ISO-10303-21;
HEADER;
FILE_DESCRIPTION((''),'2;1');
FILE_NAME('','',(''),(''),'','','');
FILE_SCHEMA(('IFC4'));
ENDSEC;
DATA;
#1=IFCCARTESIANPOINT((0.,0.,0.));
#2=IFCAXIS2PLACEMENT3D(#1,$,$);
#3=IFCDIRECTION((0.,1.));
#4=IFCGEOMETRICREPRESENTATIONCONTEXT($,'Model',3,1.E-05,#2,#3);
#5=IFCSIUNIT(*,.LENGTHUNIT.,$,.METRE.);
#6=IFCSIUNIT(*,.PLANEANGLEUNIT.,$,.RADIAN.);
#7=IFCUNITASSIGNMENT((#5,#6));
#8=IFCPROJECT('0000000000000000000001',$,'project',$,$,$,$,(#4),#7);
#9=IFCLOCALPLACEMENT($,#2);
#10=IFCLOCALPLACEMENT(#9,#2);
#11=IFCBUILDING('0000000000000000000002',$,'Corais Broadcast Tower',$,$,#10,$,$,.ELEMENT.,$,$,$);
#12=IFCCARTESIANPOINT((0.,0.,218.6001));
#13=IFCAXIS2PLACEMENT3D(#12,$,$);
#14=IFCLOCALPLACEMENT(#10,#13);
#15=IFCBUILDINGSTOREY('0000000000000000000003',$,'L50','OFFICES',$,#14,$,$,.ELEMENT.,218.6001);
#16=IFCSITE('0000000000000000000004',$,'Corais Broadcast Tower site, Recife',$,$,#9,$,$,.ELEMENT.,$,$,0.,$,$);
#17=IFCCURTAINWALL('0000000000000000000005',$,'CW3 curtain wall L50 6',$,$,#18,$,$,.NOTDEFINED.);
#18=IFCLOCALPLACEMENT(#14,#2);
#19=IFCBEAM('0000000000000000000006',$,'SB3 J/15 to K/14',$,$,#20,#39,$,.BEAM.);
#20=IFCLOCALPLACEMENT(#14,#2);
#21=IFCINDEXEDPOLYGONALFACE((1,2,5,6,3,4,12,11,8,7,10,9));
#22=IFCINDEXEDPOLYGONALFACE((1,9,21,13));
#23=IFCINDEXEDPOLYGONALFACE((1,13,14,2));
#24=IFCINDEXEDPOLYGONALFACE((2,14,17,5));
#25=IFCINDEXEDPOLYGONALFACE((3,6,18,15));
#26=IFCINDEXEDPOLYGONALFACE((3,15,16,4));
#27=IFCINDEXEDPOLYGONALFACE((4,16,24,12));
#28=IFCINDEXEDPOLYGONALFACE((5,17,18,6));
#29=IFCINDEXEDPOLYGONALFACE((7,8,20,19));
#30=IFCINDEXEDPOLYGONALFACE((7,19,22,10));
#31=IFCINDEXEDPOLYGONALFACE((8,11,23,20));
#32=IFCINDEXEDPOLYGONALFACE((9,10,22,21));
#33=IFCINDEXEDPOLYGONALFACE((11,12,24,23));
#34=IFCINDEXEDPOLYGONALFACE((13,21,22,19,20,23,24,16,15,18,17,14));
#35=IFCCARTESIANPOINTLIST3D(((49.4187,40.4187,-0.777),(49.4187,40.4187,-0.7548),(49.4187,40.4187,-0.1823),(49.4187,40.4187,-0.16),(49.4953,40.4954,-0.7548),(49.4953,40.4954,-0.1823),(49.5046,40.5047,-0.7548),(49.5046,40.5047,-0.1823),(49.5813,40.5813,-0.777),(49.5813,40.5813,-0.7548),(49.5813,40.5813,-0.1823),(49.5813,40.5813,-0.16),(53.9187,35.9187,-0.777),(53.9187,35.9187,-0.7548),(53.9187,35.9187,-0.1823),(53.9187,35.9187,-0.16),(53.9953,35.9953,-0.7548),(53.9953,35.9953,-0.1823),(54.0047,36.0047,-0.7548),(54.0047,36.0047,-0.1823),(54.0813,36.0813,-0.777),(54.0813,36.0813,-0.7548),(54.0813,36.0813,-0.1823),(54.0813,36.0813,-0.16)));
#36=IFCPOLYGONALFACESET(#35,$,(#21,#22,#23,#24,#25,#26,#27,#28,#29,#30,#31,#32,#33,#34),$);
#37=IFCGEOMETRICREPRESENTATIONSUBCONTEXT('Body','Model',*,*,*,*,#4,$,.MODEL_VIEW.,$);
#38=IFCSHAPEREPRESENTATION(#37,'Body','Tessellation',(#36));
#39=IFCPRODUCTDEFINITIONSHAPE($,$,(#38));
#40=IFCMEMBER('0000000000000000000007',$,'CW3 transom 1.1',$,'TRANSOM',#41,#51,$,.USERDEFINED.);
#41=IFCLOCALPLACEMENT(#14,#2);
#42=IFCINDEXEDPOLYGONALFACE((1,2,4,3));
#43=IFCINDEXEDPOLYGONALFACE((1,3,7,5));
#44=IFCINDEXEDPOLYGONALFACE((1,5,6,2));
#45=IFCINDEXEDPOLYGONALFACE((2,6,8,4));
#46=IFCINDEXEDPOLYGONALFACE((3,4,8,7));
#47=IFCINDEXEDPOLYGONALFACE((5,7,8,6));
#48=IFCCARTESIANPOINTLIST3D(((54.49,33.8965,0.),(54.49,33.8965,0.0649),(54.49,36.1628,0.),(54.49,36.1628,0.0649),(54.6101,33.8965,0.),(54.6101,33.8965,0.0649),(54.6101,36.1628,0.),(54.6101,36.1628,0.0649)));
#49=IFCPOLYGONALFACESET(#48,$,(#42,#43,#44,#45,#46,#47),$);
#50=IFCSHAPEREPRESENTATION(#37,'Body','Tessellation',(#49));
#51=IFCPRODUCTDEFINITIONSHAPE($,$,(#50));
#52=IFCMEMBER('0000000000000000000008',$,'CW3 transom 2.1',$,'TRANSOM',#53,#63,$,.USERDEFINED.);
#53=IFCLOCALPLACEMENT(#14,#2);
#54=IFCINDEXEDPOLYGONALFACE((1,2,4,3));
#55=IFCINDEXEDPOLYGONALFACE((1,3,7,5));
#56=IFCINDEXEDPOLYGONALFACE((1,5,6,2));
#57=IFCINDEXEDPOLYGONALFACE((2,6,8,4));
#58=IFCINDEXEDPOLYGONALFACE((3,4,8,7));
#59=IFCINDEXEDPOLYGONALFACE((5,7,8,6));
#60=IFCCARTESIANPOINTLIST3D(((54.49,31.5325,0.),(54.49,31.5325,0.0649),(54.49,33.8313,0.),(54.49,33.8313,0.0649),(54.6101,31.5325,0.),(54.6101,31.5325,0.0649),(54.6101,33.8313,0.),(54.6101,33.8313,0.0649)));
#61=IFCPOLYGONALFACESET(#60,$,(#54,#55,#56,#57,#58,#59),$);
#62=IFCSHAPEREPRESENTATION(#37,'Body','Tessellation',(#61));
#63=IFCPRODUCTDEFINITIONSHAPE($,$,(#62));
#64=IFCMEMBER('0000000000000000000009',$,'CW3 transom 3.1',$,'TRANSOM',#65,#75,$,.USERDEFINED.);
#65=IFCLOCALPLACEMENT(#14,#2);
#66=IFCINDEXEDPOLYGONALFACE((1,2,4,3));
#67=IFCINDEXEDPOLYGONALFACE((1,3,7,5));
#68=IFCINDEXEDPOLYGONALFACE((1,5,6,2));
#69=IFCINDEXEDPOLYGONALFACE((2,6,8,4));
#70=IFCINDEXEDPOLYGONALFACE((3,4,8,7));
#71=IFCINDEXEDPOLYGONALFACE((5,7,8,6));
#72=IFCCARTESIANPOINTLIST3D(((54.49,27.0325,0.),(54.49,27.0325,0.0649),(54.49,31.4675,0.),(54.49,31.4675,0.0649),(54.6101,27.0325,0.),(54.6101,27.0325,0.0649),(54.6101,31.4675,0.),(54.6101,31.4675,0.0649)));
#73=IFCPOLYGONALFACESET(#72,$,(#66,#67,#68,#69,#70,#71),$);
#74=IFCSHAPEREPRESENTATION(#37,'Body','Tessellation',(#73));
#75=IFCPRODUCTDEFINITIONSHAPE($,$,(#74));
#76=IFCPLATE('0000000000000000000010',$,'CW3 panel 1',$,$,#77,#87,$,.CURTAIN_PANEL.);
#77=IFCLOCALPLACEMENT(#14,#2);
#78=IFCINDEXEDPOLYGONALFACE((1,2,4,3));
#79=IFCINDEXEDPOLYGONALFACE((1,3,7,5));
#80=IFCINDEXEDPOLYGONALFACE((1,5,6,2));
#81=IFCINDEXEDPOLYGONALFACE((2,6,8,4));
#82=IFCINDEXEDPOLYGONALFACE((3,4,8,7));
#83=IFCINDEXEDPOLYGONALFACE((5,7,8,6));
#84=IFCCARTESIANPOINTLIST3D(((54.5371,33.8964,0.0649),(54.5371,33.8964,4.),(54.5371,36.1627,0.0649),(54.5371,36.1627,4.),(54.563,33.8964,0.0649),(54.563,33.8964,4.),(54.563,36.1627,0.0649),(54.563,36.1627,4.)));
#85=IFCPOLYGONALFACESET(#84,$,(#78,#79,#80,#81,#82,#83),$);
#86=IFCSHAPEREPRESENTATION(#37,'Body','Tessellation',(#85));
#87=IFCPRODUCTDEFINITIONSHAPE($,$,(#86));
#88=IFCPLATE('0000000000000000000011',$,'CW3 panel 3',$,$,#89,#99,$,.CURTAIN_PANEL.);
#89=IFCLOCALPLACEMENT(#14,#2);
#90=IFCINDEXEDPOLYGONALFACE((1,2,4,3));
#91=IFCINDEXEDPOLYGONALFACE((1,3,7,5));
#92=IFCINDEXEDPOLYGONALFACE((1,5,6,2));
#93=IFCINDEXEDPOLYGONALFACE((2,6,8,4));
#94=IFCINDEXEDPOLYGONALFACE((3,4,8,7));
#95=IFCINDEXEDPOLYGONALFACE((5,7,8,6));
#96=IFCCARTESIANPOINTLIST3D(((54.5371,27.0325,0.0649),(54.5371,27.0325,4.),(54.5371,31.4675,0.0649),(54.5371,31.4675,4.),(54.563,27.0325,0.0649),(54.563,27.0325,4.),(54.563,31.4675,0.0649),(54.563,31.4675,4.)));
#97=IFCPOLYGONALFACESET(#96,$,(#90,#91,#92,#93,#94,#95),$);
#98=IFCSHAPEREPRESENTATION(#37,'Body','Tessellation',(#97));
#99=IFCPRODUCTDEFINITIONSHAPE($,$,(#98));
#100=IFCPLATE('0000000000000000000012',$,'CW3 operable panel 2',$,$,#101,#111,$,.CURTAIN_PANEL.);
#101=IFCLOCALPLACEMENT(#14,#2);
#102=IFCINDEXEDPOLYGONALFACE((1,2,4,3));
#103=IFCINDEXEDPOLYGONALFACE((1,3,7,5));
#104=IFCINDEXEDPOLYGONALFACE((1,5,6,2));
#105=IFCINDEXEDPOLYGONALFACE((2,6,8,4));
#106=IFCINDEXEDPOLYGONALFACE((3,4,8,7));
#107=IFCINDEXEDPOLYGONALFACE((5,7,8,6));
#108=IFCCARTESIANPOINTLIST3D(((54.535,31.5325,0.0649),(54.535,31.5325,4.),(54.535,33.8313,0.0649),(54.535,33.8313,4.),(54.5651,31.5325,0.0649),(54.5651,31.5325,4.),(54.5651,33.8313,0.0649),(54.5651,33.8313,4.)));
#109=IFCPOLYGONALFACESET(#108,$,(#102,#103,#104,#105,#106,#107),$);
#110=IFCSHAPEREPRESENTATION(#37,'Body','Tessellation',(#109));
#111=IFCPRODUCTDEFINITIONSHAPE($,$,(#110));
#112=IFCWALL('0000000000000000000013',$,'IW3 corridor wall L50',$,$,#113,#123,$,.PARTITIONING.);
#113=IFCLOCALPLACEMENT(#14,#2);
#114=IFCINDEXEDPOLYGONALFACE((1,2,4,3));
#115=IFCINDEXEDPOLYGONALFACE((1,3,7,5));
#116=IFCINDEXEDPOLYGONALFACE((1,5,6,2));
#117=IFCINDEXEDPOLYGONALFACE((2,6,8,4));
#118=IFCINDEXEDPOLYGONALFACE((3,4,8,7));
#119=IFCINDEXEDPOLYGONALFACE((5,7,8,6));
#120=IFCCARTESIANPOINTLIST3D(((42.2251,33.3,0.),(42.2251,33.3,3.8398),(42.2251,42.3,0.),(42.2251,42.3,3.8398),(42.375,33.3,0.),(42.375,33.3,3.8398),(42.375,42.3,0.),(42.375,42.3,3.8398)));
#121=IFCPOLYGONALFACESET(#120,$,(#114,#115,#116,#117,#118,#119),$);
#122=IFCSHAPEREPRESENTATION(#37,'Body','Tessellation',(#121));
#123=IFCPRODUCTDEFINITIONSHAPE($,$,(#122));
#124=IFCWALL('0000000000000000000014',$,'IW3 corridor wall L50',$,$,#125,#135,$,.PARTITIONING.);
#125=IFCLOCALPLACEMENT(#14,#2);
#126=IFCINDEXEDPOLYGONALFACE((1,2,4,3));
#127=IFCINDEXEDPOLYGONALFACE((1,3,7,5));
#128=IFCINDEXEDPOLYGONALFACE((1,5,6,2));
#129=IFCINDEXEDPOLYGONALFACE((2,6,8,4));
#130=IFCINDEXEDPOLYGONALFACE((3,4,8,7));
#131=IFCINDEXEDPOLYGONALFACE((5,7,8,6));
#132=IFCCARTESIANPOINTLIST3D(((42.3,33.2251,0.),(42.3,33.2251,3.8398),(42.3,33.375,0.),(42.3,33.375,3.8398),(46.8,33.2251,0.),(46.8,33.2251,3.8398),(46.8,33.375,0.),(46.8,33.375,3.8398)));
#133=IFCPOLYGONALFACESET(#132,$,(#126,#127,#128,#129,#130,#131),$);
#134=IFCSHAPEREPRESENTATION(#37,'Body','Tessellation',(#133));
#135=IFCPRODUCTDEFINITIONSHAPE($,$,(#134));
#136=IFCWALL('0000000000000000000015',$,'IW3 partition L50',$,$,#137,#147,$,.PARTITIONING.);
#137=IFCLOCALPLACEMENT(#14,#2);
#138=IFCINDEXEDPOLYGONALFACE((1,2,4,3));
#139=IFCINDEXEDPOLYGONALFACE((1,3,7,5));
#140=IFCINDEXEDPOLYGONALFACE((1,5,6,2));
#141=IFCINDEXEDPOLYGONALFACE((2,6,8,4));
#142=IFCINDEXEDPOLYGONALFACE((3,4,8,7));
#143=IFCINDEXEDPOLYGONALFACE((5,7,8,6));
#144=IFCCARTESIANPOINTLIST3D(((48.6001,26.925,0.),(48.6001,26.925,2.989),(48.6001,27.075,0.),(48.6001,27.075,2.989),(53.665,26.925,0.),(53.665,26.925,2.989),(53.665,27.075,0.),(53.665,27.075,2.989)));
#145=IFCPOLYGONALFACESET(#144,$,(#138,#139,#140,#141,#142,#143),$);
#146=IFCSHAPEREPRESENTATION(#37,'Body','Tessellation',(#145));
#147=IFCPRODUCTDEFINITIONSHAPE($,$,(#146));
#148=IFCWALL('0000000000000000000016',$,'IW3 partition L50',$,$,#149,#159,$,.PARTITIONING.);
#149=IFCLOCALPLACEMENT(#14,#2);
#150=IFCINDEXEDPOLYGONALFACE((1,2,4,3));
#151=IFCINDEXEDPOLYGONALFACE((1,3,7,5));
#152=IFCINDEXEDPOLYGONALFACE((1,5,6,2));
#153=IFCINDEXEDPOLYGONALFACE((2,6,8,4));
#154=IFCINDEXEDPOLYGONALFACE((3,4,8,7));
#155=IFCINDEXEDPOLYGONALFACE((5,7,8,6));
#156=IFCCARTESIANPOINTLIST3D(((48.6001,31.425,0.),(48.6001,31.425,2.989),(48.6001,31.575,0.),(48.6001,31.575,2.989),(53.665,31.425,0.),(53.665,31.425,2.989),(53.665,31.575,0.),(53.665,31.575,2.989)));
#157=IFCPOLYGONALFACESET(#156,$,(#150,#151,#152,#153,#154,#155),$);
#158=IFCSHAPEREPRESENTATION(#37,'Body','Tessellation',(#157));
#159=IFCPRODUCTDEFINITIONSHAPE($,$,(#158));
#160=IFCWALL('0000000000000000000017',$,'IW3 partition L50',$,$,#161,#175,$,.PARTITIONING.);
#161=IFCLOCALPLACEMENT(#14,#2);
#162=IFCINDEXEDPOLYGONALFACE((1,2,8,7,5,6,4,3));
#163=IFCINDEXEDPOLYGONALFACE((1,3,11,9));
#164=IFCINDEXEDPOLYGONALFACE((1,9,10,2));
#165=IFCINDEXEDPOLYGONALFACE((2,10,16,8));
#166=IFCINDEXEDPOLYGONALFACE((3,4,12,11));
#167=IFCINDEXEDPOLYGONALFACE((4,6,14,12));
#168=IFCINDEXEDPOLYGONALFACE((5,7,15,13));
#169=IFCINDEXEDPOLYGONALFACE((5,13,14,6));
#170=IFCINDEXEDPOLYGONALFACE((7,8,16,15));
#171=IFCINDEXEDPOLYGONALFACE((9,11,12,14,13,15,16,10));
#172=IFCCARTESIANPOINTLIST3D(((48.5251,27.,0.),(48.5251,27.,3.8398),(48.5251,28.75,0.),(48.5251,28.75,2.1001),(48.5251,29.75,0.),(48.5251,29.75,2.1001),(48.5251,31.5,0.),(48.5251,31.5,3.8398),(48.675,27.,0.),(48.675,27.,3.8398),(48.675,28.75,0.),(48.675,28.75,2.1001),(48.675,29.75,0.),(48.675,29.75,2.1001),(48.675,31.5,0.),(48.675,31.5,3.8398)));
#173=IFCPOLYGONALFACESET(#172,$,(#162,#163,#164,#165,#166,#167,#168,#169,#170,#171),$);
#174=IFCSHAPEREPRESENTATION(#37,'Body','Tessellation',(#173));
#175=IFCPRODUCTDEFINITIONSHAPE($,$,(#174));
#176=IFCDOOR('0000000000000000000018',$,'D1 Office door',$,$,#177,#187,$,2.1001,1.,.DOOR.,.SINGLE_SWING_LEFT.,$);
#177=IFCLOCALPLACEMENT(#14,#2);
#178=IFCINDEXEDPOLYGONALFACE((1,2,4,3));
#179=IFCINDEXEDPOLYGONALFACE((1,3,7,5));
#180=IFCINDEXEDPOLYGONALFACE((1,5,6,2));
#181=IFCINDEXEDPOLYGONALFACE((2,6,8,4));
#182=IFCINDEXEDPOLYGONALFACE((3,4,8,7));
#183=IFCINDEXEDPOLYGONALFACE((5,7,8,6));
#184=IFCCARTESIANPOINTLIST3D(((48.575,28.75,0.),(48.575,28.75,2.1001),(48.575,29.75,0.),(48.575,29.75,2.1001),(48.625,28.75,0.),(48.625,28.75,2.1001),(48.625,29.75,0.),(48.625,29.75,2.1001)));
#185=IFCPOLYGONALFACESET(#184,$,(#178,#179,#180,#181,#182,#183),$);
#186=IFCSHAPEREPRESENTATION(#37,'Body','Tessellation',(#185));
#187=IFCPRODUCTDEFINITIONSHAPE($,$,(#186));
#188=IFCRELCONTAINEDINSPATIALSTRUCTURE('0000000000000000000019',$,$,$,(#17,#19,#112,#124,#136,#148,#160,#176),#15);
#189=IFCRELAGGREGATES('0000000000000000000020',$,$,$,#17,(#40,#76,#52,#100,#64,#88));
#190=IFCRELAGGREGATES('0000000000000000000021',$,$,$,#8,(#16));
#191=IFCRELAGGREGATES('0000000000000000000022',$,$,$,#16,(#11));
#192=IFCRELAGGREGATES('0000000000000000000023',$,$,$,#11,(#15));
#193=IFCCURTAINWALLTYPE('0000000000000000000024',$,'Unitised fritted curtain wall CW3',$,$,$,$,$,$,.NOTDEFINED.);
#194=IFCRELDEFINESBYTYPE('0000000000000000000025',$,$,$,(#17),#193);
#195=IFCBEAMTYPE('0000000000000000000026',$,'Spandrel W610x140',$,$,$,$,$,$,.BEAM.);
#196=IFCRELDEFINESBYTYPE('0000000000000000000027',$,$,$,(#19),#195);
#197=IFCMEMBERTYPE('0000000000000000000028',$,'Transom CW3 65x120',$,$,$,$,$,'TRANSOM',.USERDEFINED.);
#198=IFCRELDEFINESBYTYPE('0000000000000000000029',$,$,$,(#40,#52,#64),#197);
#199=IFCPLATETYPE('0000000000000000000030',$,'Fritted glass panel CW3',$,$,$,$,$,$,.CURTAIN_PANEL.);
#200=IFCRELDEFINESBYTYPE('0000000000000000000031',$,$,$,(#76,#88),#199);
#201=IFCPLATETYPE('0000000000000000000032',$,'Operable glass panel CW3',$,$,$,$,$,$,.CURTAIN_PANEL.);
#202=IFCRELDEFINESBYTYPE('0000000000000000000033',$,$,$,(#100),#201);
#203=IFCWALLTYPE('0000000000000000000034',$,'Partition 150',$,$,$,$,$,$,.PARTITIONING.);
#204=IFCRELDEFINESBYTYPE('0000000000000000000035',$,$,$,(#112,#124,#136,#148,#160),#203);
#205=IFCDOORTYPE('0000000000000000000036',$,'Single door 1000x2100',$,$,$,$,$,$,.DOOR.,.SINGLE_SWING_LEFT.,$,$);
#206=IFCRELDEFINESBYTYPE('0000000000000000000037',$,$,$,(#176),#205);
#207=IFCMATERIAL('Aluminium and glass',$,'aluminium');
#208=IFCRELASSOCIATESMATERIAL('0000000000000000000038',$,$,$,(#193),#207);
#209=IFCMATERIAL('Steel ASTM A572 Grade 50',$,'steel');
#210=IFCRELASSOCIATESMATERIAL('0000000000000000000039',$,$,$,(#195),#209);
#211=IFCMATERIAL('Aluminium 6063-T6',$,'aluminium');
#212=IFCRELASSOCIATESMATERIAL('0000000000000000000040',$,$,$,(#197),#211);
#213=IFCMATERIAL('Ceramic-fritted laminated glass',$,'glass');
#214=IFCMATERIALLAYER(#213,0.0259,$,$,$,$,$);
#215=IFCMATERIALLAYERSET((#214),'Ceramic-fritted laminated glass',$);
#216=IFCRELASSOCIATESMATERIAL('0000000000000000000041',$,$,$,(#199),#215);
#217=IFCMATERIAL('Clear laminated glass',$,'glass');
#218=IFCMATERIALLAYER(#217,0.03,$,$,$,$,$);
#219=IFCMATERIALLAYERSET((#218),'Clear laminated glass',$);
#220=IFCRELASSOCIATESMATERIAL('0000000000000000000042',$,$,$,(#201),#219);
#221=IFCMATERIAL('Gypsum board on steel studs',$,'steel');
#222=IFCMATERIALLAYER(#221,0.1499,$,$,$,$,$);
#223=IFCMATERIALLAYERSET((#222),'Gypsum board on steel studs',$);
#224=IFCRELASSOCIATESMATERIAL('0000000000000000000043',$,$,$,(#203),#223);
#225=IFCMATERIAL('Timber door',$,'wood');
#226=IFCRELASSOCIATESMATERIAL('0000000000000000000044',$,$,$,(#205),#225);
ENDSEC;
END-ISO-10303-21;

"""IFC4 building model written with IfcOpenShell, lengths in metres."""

from ifc_helpers import new_model, si_unit, direction, frame, frame_2d, origin, origin_2d, place, context, subcontext, project, spatial, rectangle, i_section, extrude, material, layer, layer_set, material_profile, profile_set, type_object, element, fill, aggregate, save


model = new_model("IFC4")

# Units and contexts
model_context = context("Model", 3, precision=1e-05, world=origin(), true_north=direction((0.0, 1.0)))
body_context = subcontext(model_context, "Body", "Model", "MODEL_VIEW")
ifc_project = project(units=[si_unit("LENGTHUNIT", "METRE"), si_unit("PLANEANGLEUNIT", "RADIAN")], contexts=[model_context])

# Site, building, storey
site_placement = place(None, origin())
site = spatial("IfcSite", under=ifc_project, at=site_placement, Name="Corais Broadcast Tower site, Recife", CompositionType="ELEMENT", RefElevation=0.0)
building_placement = place(site_placement, origin())
building = spatial("IfcBuilding", under=site, at=building_placement, Name="Corais Broadcast Tower", CompositionType="ELEMENT")
storey_placement = place(building_placement, frame((0.0, 0.0, 218.6001)))
storey = spatial("IfcBuildingStorey", under=building, at=storey_placement, Name="L50", Description="OFFICES", CompositionType="ELEMENT", Elevation=218.6001)

# Curtain wall
ifc_material_1 = material(Name="Aluminium and glass", Category="aluminium")
curtain_wall_type = type_object("IfcCurtainWallType", Name="Unitised fritted curtain wall CW3", PredefinedType="NOTDEFINED", material=ifc_material_1)
curtain_wall_placement = place(storey_placement, origin())
curtain_wall = element("IfcCurtainWall", 1, at=curtain_wall_placement, inside=storey, type_object=curtain_wall_type, Name="CW3 curtain wall L50 6", PredefinedType="NOTDEFINED")

# Beam
ifc_material_2 = material(Name="Steel ASTM A572 Grade 50", Category="steel")
ifc_material_profile_1 = material_profile(ifc_material_2, i_section(OverallWidth=0.23, OverallDepth=0.6169, WebThickness=0.0132, FlangeThickness=0.0222, at=origin_2d()), Name="W610x140")
ifc_profile_set_1 = profile_set([ifc_material_profile_1], Name="Steel ASTM A572 Grade 50")
beam_type_1 = type_object("IfcBeamType", Name="Spandrel W610x140", PredefinedType="BEAM", material=ifc_profile_set_1)
beam_placement = place(storey_placement, frame((54.0, 36.0, -0.4685), z_axis=(-0.707107, 0.707107, 0.0), x_axis=(-0.707107, -0.707107, 0.0)))
element("IfcBeam", 2, at=beam_placement, inside=storey, type_object=beam_type_1, Name="SB3 J/15 to K/14", PredefinedType="BEAM", context=body_context, shape_type="SweptSolid", body=[
    extrude(i_section(OverallWidth=0.23, OverallDepth=0.6169, WebThickness=0.0132, FlangeThickness=0.0222, at=origin_2d()), origin(), (0.0, 0.0, 1.0), 6.364),
])

# Members
ifc_material_3 = material(Name="Aluminium 6063-T6", Category="aluminium")
ifc_material_profile_2 = material_profile(ifc_material_3, rectangle(XDim=0.1201, YDim=0.0649, at=origin_2d()), Name="Transom CW3 65x120")
ifc_profile_set_2 = profile_set([ifc_material_profile_2], Name="Aluminium 6063-T6")
member_type_1 = type_object("IfcMemberType", Name="Transom CW3 65x120", ElementType="TRANSOM", PredefinedType="USERDEFINED", material=ifc_profile_set_2)
member_1_placement = place(storey_placement, frame((54.55, 36.1628, 0.0325), z_axis=(0.0, -1.0, 0.0), x_axis=(1.0, 0.0, 0.0)))
member_1 = element("IfcMember", 3, at=member_1_placement, type_object=member_type_1, Name="CW3 transom 1.1", ObjectType="TRANSOM", PredefinedType="USERDEFINED", context=body_context, shape_type="SweptSolid", body=[
    extrude(rectangle(XDim=0.1201, YDim=0.0649, at=origin_2d()), origin(), (0.0, 0.0, 1.0), 2.2664),
])
member_2_placement = place(storey_placement, frame((54.55, 33.8313, 0.0325), z_axis=(0.0, -1.0, 0.0), x_axis=(1.0, 0.0, 0.0)))
member_2 = element("IfcMember", 4, at=member_2_placement, type_object=member_type_1, Name="CW3 transom 2.1", ObjectType="TRANSOM", PredefinedType="USERDEFINED", context=body_context, shape_type="SweptSolid", body=[
    extrude(rectangle(XDim=0.1201, YDim=0.0649, at=origin_2d()), origin(), (0.0, 0.0, 1.0), 2.2988),
])
member_3_placement = place(storey_placement, frame((54.55, 31.4675, 0.0325), z_axis=(0.0, -1.0, 0.0), x_axis=(1.0, 0.0, 0.0)))
member_3 = element("IfcMember", 5, at=member_3_placement, type_object=member_type_1, Name="CW3 transom 3.1", ObjectType="TRANSOM", PredefinedType="USERDEFINED", context=body_context, shape_type="SweptSolid", body=[
    extrude(rectangle(XDim=0.1201, YDim=0.0649, at=origin_2d()), origin(), (0.0, 0.0, 1.0), 4.4351),
])

# Plates
ifc_material_4 = material(Name="Ceramic-fritted laminated glass", Category="glass")
ifc_layer_1 = layer(ifc_material_4, 0.0259)
ifc_layer_set_1 = layer_set([ifc_layer_1], Name="Ceramic-fritted laminated glass")
plate_type_1 = type_object("IfcPlateType", Name="Fritted glass panel CW3", PredefinedType="CURTAIN_PANEL", material=ifc_layer_set_1)
plate_1_placement = place(storey_placement, frame((54.55, 35.0295, 0.0649), z_axis=(0.0, 0.0, 1.0), x_axis=(0.0, -1.0, 0.0)))
plate_1 = element("IfcPlate", 6, at=plate_1_placement, type_object=plate_type_1, Name="CW3 panel 1", PredefinedType="CURTAIN_PANEL", context=body_context, shape_type="SweptSolid", body=[
    extrude(rectangle(XDim=2.2664, YDim=0.0259, at=origin_2d()), origin(), (0.0, 0.0, 1.0), 3.9351),
])
plate_2_placement = place(storey_placement, frame((54.55, 29.25, 0.0649), z_axis=(0.0, 0.0, 1.0), x_axis=(0.0, -1.0, 0.0)))
plate_2 = element("IfcPlate", 7, at=plate_2_placement, type_object=plate_type_1, Name="CW3 panel 3", PredefinedType="CURTAIN_PANEL", context=body_context, shape_type="SweptSolid", body=[
    extrude(rectangle(XDim=4.4351, YDim=0.0259, at=origin_2d()), origin(), (0.0, 0.0, 1.0), 3.9351),
])
ifc_material_5 = material(Name="Clear laminated glass", Category="glass")
ifc_layer_2 = layer(ifc_material_5, 0.03)
ifc_layer_set_2 = layer_set([ifc_layer_2], Name="Clear laminated glass")
plate_type_2 = type_object("IfcPlateType", Name="Operable glass panel CW3", PredefinedType="CURTAIN_PANEL", material=ifc_layer_set_2)
plate_3_placement = place(storey_placement, frame((54.55, 32.6819, 0.0649), z_axis=(0.0, 0.0, 1.0), x_axis=(0.0, -1.0, 0.0)))
plate_3 = element("IfcPlate", 8, at=plate_3_placement, type_object=plate_type_2, Name="CW3 operable panel 2", PredefinedType="CURTAIN_PANEL", context=body_context, shape_type="SweptSolid", body=[
    extrude(rectangle(XDim=2.2988, YDim=0.03, at=origin_2d()), origin(), (0.0, 0.0, 1.0), 3.9351),
])
aggregate(curtain_wall, [member_1, plate_1, member_2, plate_3, member_3, plate_2])

# Walls
ifc_material_6 = material(Name="Gypsum board on steel studs", Category="steel")
ifc_layer_3 = layer(ifc_material_6, 0.1499)
ifc_layer_set_3 = layer_set([ifc_layer_3], Name="Gypsum board on steel studs")
wall_type = type_object("IfcWallType", Name="Partition 150", PredefinedType="PARTITIONING", material=ifc_layer_set_3)
wall_1_placement = place(storey_placement, frame((42.3, 33.3, 0.0), z_axis=(0.0, 0.0, 1.0), x_axis=(0.0, 1.0, 0.0)))
element("IfcWall", 9, at=wall_1_placement, inside=storey, type_object=wall_type, Name="IW3 corridor wall L50", PredefinedType="PARTITIONING", context=body_context, shape_type="SweptSolid", body=[
    extrude(rectangle(XDim=9.0, YDim=0.1499, at=frame_2d((4.5, 0.0))), origin(), (0.0, 0.0, 1.0), 3.8398),
])
wall_2_placement = place(storey_placement, frame((46.8, 33.3, 0.0), z_axis=(0.0, 0.0, 1.0), x_axis=(-1.0, 0.0, 0.0)))
element("IfcWall", 10, at=wall_2_placement, inside=storey, type_object=wall_type, Name="IW3 corridor wall L50", PredefinedType="PARTITIONING", context=body_context, shape_type="SweptSolid", body=[
    extrude(rectangle(XDim=4.5, YDim=0.1499, at=frame_2d((2.25, 0.0))), origin(), (0.0, 0.0, 1.0), 3.8398),
])
for number, where, z_axis, x_axis, name in (
    (11, (53.665, 27.0, 0.0), (0.0, 0.0, 1.0), (-1.0, 0.0, 0.0), "IW3 partition L50"),
    (12, (53.665, 31.5, 0.0), (0.0, 0.0, 1.0), (-1.0, 0.0, 0.0), "IW3 partition L50"),
):
    element("IfcWall", number, at=place(storey_placement, frame(where, z_axis=z_axis, x_axis=x_axis)), inside=storey, type_object=wall_type, Name=name, PredefinedType="PARTITIONING", context=body_context, shape_type="SweptSolid", body=[
        extrude(rectangle(XDim=5.0649, YDim=0.1499, at=frame_2d((2.5325, 0.0))), origin(), (0.0, 0.0, 1.0), 2.989),
    ])

# Wall, opening, door
wall_3_placement = place(storey_placement, frame((48.6001, 31.5, 0.0), z_axis=(0.0, 0.0, 1.0), x_axis=(0.0, -1.0, 0.0)))
wall_3 = element("IfcWall", 13, at=wall_3_placement, inside=storey, type_object=wall_type, Name="IW3 partition L50", PredefinedType="PARTITIONING", context=body_context, shape_type="SweptSolid", body=[
    extrude(rectangle(XDim=4.5, YDim=0.1499, at=frame_2d((2.25, 0.0))), origin(), (0.0, 0.0, 1.0), 3.8398),
])
opening_1_placement = place(wall_3_placement, frame((1.75, 0.0, 0.0)))
opening_1 = element("IfcOpeningElement", 14, at=opening_1_placement, cuts=wall_3, PredefinedType="OPENING", context=body_context, shape_type="SweptSolid", body=[
    extrude(rectangle(XDim=1.0, YDim=2.1001, at=frame_2d((0.5, 1.05))), frame((0.0, 0.085, 0.0), z_axis=(0.0, -1.0, 0.0), x_axis=(1.0, 0.0, 0.0)), (0.0, 0.0, 1.0), 0.1699),
])
ifc_material_7 = material(Name="Timber door", Category="wood")
door_type = type_object("IfcDoorType", Name="Single door 1000x2100", OperationType="SINGLE_SWING_LEFT", PredefinedType="DOOR", material=ifc_material_7)
door_1_placement = place(opening_1_placement, origin())
door_1 = element("IfcDoor", 15, at=door_1_placement, inside=storey, type_object=door_type, Name="D1 Office door", OperationType="SINGLE_SWING_LEFT", OverallHeight=2.1001, OverallWidth=1.0, PredefinedType="DOOR", context=body_context, shape_type="SweptSolid", body=[
    extrude(rectangle(XDim=1.0, YDim=2.1001, at=frame_2d((0.5, 1.05))), frame((0.0, 0.0249, 0.0), z_axis=(0.0, -1.0, 0.0), x_axis=(1.0, 0.0, 0.0)), (0.0, 0.0, 1.0), 0.05),
])
fill(opening_1, door_1)

save(model, "model.ifc")
